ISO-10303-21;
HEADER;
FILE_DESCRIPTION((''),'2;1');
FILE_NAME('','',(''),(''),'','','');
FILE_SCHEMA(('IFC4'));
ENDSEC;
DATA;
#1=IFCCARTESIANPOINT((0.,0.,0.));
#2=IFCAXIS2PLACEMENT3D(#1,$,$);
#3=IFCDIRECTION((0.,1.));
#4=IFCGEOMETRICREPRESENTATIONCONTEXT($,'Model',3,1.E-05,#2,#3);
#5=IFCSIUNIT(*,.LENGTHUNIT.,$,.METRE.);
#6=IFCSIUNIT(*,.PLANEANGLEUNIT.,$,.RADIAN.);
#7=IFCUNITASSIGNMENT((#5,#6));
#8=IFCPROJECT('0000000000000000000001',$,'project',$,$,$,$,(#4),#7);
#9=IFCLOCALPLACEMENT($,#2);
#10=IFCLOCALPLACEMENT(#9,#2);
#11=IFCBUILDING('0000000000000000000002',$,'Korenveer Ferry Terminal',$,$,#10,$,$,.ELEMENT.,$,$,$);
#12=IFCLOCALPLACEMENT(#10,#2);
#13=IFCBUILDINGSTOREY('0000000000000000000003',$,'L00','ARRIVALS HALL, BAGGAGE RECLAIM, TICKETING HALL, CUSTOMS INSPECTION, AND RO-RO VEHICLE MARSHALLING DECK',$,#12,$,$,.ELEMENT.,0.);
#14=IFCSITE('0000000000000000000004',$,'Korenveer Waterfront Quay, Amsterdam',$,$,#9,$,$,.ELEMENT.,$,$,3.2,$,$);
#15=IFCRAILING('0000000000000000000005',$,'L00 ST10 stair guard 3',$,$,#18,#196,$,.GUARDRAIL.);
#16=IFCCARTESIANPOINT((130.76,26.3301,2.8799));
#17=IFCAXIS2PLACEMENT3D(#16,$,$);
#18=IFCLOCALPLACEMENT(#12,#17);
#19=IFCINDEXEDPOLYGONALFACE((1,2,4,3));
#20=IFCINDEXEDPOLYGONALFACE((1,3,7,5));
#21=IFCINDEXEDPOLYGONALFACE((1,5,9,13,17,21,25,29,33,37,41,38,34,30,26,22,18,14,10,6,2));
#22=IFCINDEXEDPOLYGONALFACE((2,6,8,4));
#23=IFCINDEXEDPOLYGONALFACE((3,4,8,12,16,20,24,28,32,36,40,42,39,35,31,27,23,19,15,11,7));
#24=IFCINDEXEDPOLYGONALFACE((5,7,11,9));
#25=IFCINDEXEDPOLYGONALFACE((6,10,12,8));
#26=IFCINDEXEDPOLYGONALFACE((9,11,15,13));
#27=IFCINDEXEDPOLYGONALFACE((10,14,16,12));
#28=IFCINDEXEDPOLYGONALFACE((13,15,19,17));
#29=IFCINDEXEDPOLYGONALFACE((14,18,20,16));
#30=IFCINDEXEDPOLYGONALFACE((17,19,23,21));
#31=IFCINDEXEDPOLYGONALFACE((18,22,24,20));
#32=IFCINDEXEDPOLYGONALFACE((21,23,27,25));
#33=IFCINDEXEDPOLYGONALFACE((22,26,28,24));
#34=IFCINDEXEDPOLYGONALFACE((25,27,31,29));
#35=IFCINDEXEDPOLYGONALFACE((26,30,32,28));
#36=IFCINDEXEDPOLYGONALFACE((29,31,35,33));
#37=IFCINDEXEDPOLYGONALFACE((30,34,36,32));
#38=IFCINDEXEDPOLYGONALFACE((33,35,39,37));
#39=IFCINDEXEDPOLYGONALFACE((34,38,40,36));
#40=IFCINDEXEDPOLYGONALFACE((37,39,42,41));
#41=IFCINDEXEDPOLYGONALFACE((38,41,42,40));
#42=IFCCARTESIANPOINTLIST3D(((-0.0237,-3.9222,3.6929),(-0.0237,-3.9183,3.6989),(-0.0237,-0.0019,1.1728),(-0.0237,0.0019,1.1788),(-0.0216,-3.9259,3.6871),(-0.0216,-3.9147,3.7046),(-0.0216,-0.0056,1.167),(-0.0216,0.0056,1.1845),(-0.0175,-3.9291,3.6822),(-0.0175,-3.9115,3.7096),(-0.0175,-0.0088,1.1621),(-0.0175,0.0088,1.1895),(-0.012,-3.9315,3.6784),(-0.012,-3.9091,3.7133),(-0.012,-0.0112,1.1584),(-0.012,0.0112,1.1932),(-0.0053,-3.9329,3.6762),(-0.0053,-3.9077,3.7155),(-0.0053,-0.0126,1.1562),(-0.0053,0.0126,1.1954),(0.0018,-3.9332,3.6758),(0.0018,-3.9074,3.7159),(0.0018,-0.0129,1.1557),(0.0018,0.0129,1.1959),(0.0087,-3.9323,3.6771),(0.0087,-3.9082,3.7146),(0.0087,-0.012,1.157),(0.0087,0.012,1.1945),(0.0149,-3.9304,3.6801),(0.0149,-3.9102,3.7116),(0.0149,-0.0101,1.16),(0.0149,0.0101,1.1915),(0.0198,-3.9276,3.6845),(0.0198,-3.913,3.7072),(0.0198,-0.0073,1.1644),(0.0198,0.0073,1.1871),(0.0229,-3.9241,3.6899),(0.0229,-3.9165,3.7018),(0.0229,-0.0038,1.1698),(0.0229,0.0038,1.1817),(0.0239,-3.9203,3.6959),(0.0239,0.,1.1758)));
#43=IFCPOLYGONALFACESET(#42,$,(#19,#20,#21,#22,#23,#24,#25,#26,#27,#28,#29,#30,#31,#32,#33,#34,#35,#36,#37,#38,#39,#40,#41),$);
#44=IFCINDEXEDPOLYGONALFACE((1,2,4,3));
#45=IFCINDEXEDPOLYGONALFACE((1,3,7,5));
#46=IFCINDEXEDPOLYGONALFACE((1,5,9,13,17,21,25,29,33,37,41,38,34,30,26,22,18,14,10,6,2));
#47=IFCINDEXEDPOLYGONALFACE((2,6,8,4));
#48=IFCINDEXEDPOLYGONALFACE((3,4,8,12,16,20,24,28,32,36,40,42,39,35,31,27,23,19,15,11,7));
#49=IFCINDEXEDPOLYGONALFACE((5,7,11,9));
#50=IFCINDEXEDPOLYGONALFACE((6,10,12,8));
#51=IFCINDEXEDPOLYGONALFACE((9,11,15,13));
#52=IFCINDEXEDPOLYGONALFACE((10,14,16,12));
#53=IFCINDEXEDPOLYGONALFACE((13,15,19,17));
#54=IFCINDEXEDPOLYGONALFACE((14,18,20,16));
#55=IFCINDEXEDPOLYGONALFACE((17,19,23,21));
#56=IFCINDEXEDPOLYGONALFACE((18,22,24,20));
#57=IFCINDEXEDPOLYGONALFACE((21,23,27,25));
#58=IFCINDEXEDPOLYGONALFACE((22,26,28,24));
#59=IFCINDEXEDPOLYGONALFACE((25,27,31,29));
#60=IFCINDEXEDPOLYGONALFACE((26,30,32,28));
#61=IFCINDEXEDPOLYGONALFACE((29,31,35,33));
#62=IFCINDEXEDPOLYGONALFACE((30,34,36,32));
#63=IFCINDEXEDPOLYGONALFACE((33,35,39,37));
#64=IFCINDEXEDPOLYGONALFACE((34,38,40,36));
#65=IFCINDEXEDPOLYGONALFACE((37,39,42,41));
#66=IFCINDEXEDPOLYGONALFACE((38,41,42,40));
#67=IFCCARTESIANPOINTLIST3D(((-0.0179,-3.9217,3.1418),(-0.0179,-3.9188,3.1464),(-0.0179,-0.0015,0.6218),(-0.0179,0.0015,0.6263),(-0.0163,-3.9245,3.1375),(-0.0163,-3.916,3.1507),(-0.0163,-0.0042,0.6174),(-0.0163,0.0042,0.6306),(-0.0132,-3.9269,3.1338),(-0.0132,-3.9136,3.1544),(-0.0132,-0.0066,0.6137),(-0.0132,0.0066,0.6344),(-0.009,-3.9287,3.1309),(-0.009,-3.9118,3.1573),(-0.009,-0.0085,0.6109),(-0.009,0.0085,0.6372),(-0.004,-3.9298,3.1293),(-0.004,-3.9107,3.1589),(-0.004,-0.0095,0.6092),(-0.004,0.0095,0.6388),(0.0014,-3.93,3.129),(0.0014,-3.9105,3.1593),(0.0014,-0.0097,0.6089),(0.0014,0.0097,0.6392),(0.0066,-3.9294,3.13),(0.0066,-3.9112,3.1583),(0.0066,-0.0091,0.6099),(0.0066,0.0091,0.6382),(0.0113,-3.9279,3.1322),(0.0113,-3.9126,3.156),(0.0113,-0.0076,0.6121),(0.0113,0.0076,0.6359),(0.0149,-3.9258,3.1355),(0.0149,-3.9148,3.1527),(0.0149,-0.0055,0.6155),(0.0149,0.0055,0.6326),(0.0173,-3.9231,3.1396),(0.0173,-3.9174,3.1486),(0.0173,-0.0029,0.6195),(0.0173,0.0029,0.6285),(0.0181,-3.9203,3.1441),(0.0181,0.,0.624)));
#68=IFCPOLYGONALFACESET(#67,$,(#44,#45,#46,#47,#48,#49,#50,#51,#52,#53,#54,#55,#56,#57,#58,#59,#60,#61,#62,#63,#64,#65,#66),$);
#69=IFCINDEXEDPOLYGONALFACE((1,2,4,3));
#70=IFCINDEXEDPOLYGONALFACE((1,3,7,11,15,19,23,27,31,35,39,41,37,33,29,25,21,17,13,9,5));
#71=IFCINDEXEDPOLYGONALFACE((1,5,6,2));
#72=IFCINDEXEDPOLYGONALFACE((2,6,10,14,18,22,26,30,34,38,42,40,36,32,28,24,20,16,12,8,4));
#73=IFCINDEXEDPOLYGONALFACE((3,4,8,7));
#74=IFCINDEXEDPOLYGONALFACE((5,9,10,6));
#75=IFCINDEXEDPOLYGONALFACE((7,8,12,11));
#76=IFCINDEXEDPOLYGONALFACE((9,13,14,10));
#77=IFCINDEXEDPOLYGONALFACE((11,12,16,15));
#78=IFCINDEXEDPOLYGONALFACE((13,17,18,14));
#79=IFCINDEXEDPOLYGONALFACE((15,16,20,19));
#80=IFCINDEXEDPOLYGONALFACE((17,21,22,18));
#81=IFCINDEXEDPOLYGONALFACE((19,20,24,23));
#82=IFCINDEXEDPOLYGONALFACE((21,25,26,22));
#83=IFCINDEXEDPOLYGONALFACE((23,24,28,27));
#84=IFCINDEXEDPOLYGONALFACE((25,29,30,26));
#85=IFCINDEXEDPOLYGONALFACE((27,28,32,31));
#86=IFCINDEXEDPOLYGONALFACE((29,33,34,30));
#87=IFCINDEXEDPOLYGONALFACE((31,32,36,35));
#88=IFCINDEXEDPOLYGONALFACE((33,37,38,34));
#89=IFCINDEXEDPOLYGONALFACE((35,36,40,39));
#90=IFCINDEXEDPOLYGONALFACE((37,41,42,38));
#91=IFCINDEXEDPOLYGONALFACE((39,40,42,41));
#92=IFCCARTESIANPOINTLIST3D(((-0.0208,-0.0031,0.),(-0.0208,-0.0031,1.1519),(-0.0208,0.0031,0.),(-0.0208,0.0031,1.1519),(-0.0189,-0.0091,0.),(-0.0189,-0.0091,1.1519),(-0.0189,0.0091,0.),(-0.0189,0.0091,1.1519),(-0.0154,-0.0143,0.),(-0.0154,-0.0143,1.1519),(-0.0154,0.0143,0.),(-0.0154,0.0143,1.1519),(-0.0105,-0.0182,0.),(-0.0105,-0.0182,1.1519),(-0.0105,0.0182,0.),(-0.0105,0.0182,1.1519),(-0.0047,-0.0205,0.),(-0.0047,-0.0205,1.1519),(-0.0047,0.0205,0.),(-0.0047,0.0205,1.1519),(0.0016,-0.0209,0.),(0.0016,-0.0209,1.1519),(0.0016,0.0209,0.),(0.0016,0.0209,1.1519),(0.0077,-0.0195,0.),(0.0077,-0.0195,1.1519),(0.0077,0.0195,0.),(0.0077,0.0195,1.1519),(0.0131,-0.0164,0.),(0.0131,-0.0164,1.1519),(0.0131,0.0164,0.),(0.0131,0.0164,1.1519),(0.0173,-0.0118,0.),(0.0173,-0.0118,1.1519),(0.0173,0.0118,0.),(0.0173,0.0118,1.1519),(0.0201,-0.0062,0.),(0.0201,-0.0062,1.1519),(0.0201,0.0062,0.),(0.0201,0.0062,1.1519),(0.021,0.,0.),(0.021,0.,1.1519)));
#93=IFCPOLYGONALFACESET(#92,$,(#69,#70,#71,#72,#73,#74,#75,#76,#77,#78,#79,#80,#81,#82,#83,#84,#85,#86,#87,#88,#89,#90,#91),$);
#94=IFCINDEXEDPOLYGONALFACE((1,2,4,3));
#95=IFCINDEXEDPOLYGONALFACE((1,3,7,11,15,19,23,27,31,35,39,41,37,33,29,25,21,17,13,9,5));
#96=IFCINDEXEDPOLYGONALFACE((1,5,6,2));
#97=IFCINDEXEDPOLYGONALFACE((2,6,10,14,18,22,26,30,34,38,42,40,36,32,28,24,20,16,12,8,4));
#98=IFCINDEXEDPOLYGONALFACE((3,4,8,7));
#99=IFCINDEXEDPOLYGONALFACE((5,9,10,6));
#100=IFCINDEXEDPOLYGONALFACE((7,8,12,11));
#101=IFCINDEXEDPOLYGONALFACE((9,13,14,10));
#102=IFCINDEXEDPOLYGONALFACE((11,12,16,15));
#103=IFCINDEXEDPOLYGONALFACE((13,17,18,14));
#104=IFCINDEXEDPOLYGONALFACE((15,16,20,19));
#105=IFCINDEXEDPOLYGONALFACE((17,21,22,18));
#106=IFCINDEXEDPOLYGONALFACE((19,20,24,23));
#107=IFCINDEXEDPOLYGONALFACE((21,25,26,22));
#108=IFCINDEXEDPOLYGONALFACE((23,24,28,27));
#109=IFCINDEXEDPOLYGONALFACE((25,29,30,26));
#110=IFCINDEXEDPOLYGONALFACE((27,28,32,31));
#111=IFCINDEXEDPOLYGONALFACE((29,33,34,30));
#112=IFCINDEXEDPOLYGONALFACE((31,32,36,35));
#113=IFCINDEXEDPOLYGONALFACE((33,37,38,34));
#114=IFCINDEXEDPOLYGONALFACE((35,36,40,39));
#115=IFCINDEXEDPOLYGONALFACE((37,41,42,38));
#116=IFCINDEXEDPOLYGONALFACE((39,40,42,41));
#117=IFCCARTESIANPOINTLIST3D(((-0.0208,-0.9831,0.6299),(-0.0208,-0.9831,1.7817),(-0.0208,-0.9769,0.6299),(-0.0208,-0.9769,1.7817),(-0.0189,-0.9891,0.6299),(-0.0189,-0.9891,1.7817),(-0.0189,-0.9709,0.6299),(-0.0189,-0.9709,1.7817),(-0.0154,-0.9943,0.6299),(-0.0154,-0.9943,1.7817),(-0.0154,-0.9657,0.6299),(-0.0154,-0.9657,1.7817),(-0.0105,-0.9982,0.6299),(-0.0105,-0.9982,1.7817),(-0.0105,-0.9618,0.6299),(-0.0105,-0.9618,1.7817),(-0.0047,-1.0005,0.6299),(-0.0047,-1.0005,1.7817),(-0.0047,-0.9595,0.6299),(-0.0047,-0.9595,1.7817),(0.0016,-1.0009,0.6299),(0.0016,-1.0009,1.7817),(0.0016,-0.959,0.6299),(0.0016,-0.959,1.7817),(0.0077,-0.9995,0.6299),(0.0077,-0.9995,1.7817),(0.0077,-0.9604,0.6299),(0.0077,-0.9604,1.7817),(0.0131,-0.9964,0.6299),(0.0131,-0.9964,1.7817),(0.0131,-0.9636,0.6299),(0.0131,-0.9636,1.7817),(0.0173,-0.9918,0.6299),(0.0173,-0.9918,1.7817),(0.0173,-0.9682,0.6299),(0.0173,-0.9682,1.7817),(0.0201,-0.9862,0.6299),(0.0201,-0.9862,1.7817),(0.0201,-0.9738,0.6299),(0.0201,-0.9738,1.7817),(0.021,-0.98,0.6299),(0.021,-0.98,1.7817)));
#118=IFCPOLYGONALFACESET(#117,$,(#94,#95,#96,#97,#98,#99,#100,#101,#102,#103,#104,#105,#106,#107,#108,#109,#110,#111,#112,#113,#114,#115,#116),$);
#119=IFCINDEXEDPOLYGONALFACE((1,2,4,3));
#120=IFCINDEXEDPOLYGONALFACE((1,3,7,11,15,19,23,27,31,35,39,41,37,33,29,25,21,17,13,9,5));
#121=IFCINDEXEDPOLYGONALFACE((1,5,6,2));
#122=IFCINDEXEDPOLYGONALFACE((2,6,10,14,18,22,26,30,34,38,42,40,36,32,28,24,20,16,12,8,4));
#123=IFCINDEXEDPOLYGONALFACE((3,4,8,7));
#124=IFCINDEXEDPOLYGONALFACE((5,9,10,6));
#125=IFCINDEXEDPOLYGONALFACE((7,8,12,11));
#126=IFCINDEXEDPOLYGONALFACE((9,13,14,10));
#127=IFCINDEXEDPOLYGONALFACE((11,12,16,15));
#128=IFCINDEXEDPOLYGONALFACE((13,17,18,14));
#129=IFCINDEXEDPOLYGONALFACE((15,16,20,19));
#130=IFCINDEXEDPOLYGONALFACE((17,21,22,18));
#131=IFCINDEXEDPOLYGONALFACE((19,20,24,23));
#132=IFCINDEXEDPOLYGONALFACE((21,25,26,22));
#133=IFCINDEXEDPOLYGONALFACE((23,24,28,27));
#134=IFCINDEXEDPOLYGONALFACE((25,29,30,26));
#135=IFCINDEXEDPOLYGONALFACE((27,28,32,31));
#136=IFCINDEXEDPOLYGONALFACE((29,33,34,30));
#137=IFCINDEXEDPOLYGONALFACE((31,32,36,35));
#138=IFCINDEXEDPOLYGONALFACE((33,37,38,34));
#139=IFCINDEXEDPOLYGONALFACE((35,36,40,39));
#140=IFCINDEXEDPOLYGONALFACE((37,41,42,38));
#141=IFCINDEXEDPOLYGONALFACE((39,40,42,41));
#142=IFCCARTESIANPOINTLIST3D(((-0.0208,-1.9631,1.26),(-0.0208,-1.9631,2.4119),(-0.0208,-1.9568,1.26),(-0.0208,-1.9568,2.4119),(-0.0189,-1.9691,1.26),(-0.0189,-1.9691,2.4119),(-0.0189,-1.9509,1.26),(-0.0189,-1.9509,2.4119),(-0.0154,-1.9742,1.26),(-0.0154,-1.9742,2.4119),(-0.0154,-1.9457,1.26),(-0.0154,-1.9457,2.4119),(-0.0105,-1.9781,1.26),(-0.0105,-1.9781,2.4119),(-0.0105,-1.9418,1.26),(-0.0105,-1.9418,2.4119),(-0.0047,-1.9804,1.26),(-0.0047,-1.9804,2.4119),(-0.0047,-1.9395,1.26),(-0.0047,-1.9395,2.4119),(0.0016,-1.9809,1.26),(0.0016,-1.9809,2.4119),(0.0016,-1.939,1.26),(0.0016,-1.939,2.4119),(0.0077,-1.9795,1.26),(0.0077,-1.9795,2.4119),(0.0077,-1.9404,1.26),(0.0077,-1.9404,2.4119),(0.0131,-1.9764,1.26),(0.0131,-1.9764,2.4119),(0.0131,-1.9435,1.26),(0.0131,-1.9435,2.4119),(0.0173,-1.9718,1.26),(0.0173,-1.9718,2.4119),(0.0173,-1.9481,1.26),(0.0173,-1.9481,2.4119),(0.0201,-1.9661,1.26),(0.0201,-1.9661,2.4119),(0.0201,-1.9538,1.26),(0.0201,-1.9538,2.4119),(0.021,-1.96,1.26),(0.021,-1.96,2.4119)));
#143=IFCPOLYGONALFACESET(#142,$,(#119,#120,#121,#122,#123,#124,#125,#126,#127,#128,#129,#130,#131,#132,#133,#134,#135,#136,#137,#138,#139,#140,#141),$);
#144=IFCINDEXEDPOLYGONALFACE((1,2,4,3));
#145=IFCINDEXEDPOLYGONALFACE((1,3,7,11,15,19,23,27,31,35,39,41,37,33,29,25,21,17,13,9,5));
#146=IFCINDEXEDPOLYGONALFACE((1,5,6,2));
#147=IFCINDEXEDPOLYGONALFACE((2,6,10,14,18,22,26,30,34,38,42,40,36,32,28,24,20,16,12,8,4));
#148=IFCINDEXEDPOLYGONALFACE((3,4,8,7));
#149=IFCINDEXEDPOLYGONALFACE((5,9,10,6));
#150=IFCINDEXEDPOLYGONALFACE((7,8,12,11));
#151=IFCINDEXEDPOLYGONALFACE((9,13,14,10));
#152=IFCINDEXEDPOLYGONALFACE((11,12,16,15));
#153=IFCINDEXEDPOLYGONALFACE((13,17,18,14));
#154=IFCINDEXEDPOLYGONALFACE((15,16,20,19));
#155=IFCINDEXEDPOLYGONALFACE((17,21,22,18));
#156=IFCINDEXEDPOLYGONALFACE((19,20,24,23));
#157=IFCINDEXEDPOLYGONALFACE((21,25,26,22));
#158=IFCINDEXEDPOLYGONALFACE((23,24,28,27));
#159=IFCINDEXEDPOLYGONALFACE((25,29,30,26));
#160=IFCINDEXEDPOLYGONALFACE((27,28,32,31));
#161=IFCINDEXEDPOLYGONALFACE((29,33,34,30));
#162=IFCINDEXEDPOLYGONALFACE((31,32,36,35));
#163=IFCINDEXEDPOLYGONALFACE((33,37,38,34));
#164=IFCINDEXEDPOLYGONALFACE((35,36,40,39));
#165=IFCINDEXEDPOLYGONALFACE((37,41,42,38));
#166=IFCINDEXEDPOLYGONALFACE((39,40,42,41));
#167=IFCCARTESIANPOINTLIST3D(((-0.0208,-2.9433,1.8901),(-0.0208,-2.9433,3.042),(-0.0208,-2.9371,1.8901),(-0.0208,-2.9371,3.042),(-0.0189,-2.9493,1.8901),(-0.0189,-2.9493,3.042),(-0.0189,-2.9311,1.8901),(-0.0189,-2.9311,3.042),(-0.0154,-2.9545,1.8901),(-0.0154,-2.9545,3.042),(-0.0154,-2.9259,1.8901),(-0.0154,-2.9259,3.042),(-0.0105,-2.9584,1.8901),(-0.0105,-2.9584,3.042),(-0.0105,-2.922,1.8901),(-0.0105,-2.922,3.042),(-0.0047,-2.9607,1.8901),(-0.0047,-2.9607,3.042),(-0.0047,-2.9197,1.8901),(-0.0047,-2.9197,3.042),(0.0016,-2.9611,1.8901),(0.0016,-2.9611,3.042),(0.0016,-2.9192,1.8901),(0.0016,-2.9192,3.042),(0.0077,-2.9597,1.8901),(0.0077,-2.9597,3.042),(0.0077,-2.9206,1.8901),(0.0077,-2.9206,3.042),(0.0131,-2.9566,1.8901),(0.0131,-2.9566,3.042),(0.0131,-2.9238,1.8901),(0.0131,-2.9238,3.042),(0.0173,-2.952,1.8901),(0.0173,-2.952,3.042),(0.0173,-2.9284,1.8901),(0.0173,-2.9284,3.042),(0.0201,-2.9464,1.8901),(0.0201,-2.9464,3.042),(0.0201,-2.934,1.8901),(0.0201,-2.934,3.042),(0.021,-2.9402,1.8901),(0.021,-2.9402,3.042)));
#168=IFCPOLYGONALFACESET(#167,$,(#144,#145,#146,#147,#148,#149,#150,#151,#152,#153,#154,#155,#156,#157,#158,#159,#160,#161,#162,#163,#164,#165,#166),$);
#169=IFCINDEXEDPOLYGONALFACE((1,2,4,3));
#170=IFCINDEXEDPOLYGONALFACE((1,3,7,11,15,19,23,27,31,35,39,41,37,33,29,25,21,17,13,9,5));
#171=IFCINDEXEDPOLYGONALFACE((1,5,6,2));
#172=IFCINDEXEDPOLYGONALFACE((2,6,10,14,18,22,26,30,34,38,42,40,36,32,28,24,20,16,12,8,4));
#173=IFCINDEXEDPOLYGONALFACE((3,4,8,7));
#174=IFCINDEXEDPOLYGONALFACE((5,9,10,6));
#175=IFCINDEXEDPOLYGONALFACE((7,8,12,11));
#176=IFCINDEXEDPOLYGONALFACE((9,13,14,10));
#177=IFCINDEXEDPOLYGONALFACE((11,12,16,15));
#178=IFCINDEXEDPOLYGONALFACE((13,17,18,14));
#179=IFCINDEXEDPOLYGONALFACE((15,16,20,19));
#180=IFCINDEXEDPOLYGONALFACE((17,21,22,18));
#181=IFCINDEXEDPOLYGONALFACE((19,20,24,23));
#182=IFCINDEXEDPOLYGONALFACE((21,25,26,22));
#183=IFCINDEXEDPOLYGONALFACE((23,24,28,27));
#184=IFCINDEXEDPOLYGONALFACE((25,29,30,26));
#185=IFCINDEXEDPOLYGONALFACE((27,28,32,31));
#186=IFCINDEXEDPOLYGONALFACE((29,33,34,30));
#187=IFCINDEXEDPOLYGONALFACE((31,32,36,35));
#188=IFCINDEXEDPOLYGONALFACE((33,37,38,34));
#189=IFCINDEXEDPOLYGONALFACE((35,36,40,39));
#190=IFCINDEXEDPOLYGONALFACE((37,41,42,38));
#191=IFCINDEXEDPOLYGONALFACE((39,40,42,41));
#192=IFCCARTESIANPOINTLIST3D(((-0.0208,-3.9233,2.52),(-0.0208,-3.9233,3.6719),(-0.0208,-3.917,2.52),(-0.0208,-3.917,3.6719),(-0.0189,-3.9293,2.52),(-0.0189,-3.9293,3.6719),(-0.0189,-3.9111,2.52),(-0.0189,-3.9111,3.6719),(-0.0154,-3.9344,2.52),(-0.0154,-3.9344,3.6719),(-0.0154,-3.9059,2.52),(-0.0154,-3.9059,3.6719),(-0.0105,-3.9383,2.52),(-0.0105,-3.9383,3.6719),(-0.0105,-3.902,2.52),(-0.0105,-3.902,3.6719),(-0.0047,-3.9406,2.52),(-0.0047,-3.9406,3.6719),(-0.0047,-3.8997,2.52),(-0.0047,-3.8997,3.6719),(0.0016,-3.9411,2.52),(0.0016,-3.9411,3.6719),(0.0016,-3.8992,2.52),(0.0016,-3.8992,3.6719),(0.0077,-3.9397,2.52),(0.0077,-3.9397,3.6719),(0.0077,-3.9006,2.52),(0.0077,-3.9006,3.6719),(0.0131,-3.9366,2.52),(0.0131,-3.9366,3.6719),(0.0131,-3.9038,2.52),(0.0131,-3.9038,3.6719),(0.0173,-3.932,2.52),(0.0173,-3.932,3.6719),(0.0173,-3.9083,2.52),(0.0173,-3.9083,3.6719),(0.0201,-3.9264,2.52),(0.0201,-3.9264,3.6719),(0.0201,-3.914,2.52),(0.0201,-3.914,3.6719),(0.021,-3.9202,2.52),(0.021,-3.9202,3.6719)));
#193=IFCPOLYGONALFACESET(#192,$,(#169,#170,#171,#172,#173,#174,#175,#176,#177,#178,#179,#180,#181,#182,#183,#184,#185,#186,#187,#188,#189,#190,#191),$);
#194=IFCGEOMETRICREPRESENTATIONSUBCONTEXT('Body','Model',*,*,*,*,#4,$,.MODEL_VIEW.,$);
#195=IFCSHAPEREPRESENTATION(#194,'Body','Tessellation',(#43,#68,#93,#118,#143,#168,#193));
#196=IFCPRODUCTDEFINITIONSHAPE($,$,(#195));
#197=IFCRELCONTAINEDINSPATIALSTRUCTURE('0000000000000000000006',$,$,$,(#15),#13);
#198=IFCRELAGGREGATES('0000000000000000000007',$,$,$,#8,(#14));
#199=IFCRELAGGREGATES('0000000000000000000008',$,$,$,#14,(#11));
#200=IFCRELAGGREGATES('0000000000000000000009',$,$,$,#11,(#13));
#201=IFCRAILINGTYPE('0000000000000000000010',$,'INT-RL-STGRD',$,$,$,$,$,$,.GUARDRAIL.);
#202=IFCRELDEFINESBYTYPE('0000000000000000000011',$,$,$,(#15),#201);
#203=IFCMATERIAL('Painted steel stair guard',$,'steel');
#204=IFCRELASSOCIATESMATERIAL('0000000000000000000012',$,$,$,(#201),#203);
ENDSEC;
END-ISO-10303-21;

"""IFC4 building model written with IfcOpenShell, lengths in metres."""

from ifc_helpers import new_model, si_unit, direction, frame, origin, origin_2d, place, context, subcontext, project, spatial, circle, extrude, material, type_object, element, save


model = new_model("IFC4")

# Units and contexts
model_context = context("Model", 3, precision=1e-05, world=origin(), true_north=direction((0.0, 1.0)))
body_context = subcontext(model_context, "Body", "Model", "MODEL_VIEW")
ifc_project = project(units=[si_unit("LENGTHUNIT", "METRE"), si_unit("PLANEANGLEUNIT", "RADIAN")], contexts=[model_context])

# Site, building, storey
site_placement = place(None, origin())
site = spatial("IfcSite", under=ifc_project, at=site_placement, Name="Korenveer Waterfront Quay, Amsterdam", CompositionType="ELEMENT", RefElevation=3.2)
building_placement = place(site_placement, origin())
building = spatial("IfcBuilding", under=site, at=building_placement, Name="Korenveer Ferry Terminal", CompositionType="ELEMENT")
storey_placement = place(building_placement, origin())
storey = spatial("IfcBuildingStorey", under=building, at=storey_placement, Name="L00", Description="ARRIVALS HALL, BAGGAGE RECLAIM, TICKETING HALL, CUSTOMS INSPECTION, AND RO-RO VEHICLE MARSHALLING DECK", CompositionType="ELEMENT", Elevation=0.0)

# Railing
ifc_material_1 = material(Name="Painted steel stair guard", Category="steel")
railing_type_1 = type_object("IfcRailingType", Name="INT-RL-STGRD", PredefinedType="GUARDRAIL", material=ifc_material_1)
railing_1_placement = place(storey_placement, frame((130.76, 26.3301, 2.8799)))
element("IfcRailing", 1, at=railing_1_placement, inside=storey, type_object=railing_type_1, Name="L00 ST10 stair guard 3", PredefinedType="GUARDRAIL", context=body_context, shape_type="SweptSolid", body=[
    extrude(circle(Radius=0.0239, at=origin_2d()), frame((0.0, 0.0, 1.1758), z_axis=(0.0, -0.841187, 0.540744), x_axis=(1.0, 0.0, 0.0)), (0.0, 0.0, 1.0), 4.6604),
    extrude(circle(Radius=0.0181, at=origin_2d()), frame((0.0, 0.0, 0.624), z_axis=(0.0, -0.841187, 0.540744), x_axis=(1.0, 0.0, 0.0)), (0.0, 0.0, 1.0), 4.6604),
    extrude(circle(Radius=0.021, at=origin_2d()), origin(), (0.0, 0.0, 1.0), 1.1519),
    extrude(circle(Radius=0.021, at=origin_2d()), frame((0.0, -0.98, 0.6299)), (0.0, 0.0, 1.0), 1.1519),
    extrude(circle(Radius=0.021, at=origin_2d()), frame((0.0, -1.96, 1.26)), (0.0, 0.0, 1.0), 1.1519),
    extrude(circle(Radius=0.021, at=origin_2d()), frame((0.0, -2.9402, 1.8901)), (0.0, 0.0, 1.0), 1.1519),
    extrude(circle(Radius=0.021, at=origin_2d()), frame((0.0, -3.9202, 2.52)), (0.0, 0.0, 1.0), 1.1519),
])

save(model, "model.ifc")
